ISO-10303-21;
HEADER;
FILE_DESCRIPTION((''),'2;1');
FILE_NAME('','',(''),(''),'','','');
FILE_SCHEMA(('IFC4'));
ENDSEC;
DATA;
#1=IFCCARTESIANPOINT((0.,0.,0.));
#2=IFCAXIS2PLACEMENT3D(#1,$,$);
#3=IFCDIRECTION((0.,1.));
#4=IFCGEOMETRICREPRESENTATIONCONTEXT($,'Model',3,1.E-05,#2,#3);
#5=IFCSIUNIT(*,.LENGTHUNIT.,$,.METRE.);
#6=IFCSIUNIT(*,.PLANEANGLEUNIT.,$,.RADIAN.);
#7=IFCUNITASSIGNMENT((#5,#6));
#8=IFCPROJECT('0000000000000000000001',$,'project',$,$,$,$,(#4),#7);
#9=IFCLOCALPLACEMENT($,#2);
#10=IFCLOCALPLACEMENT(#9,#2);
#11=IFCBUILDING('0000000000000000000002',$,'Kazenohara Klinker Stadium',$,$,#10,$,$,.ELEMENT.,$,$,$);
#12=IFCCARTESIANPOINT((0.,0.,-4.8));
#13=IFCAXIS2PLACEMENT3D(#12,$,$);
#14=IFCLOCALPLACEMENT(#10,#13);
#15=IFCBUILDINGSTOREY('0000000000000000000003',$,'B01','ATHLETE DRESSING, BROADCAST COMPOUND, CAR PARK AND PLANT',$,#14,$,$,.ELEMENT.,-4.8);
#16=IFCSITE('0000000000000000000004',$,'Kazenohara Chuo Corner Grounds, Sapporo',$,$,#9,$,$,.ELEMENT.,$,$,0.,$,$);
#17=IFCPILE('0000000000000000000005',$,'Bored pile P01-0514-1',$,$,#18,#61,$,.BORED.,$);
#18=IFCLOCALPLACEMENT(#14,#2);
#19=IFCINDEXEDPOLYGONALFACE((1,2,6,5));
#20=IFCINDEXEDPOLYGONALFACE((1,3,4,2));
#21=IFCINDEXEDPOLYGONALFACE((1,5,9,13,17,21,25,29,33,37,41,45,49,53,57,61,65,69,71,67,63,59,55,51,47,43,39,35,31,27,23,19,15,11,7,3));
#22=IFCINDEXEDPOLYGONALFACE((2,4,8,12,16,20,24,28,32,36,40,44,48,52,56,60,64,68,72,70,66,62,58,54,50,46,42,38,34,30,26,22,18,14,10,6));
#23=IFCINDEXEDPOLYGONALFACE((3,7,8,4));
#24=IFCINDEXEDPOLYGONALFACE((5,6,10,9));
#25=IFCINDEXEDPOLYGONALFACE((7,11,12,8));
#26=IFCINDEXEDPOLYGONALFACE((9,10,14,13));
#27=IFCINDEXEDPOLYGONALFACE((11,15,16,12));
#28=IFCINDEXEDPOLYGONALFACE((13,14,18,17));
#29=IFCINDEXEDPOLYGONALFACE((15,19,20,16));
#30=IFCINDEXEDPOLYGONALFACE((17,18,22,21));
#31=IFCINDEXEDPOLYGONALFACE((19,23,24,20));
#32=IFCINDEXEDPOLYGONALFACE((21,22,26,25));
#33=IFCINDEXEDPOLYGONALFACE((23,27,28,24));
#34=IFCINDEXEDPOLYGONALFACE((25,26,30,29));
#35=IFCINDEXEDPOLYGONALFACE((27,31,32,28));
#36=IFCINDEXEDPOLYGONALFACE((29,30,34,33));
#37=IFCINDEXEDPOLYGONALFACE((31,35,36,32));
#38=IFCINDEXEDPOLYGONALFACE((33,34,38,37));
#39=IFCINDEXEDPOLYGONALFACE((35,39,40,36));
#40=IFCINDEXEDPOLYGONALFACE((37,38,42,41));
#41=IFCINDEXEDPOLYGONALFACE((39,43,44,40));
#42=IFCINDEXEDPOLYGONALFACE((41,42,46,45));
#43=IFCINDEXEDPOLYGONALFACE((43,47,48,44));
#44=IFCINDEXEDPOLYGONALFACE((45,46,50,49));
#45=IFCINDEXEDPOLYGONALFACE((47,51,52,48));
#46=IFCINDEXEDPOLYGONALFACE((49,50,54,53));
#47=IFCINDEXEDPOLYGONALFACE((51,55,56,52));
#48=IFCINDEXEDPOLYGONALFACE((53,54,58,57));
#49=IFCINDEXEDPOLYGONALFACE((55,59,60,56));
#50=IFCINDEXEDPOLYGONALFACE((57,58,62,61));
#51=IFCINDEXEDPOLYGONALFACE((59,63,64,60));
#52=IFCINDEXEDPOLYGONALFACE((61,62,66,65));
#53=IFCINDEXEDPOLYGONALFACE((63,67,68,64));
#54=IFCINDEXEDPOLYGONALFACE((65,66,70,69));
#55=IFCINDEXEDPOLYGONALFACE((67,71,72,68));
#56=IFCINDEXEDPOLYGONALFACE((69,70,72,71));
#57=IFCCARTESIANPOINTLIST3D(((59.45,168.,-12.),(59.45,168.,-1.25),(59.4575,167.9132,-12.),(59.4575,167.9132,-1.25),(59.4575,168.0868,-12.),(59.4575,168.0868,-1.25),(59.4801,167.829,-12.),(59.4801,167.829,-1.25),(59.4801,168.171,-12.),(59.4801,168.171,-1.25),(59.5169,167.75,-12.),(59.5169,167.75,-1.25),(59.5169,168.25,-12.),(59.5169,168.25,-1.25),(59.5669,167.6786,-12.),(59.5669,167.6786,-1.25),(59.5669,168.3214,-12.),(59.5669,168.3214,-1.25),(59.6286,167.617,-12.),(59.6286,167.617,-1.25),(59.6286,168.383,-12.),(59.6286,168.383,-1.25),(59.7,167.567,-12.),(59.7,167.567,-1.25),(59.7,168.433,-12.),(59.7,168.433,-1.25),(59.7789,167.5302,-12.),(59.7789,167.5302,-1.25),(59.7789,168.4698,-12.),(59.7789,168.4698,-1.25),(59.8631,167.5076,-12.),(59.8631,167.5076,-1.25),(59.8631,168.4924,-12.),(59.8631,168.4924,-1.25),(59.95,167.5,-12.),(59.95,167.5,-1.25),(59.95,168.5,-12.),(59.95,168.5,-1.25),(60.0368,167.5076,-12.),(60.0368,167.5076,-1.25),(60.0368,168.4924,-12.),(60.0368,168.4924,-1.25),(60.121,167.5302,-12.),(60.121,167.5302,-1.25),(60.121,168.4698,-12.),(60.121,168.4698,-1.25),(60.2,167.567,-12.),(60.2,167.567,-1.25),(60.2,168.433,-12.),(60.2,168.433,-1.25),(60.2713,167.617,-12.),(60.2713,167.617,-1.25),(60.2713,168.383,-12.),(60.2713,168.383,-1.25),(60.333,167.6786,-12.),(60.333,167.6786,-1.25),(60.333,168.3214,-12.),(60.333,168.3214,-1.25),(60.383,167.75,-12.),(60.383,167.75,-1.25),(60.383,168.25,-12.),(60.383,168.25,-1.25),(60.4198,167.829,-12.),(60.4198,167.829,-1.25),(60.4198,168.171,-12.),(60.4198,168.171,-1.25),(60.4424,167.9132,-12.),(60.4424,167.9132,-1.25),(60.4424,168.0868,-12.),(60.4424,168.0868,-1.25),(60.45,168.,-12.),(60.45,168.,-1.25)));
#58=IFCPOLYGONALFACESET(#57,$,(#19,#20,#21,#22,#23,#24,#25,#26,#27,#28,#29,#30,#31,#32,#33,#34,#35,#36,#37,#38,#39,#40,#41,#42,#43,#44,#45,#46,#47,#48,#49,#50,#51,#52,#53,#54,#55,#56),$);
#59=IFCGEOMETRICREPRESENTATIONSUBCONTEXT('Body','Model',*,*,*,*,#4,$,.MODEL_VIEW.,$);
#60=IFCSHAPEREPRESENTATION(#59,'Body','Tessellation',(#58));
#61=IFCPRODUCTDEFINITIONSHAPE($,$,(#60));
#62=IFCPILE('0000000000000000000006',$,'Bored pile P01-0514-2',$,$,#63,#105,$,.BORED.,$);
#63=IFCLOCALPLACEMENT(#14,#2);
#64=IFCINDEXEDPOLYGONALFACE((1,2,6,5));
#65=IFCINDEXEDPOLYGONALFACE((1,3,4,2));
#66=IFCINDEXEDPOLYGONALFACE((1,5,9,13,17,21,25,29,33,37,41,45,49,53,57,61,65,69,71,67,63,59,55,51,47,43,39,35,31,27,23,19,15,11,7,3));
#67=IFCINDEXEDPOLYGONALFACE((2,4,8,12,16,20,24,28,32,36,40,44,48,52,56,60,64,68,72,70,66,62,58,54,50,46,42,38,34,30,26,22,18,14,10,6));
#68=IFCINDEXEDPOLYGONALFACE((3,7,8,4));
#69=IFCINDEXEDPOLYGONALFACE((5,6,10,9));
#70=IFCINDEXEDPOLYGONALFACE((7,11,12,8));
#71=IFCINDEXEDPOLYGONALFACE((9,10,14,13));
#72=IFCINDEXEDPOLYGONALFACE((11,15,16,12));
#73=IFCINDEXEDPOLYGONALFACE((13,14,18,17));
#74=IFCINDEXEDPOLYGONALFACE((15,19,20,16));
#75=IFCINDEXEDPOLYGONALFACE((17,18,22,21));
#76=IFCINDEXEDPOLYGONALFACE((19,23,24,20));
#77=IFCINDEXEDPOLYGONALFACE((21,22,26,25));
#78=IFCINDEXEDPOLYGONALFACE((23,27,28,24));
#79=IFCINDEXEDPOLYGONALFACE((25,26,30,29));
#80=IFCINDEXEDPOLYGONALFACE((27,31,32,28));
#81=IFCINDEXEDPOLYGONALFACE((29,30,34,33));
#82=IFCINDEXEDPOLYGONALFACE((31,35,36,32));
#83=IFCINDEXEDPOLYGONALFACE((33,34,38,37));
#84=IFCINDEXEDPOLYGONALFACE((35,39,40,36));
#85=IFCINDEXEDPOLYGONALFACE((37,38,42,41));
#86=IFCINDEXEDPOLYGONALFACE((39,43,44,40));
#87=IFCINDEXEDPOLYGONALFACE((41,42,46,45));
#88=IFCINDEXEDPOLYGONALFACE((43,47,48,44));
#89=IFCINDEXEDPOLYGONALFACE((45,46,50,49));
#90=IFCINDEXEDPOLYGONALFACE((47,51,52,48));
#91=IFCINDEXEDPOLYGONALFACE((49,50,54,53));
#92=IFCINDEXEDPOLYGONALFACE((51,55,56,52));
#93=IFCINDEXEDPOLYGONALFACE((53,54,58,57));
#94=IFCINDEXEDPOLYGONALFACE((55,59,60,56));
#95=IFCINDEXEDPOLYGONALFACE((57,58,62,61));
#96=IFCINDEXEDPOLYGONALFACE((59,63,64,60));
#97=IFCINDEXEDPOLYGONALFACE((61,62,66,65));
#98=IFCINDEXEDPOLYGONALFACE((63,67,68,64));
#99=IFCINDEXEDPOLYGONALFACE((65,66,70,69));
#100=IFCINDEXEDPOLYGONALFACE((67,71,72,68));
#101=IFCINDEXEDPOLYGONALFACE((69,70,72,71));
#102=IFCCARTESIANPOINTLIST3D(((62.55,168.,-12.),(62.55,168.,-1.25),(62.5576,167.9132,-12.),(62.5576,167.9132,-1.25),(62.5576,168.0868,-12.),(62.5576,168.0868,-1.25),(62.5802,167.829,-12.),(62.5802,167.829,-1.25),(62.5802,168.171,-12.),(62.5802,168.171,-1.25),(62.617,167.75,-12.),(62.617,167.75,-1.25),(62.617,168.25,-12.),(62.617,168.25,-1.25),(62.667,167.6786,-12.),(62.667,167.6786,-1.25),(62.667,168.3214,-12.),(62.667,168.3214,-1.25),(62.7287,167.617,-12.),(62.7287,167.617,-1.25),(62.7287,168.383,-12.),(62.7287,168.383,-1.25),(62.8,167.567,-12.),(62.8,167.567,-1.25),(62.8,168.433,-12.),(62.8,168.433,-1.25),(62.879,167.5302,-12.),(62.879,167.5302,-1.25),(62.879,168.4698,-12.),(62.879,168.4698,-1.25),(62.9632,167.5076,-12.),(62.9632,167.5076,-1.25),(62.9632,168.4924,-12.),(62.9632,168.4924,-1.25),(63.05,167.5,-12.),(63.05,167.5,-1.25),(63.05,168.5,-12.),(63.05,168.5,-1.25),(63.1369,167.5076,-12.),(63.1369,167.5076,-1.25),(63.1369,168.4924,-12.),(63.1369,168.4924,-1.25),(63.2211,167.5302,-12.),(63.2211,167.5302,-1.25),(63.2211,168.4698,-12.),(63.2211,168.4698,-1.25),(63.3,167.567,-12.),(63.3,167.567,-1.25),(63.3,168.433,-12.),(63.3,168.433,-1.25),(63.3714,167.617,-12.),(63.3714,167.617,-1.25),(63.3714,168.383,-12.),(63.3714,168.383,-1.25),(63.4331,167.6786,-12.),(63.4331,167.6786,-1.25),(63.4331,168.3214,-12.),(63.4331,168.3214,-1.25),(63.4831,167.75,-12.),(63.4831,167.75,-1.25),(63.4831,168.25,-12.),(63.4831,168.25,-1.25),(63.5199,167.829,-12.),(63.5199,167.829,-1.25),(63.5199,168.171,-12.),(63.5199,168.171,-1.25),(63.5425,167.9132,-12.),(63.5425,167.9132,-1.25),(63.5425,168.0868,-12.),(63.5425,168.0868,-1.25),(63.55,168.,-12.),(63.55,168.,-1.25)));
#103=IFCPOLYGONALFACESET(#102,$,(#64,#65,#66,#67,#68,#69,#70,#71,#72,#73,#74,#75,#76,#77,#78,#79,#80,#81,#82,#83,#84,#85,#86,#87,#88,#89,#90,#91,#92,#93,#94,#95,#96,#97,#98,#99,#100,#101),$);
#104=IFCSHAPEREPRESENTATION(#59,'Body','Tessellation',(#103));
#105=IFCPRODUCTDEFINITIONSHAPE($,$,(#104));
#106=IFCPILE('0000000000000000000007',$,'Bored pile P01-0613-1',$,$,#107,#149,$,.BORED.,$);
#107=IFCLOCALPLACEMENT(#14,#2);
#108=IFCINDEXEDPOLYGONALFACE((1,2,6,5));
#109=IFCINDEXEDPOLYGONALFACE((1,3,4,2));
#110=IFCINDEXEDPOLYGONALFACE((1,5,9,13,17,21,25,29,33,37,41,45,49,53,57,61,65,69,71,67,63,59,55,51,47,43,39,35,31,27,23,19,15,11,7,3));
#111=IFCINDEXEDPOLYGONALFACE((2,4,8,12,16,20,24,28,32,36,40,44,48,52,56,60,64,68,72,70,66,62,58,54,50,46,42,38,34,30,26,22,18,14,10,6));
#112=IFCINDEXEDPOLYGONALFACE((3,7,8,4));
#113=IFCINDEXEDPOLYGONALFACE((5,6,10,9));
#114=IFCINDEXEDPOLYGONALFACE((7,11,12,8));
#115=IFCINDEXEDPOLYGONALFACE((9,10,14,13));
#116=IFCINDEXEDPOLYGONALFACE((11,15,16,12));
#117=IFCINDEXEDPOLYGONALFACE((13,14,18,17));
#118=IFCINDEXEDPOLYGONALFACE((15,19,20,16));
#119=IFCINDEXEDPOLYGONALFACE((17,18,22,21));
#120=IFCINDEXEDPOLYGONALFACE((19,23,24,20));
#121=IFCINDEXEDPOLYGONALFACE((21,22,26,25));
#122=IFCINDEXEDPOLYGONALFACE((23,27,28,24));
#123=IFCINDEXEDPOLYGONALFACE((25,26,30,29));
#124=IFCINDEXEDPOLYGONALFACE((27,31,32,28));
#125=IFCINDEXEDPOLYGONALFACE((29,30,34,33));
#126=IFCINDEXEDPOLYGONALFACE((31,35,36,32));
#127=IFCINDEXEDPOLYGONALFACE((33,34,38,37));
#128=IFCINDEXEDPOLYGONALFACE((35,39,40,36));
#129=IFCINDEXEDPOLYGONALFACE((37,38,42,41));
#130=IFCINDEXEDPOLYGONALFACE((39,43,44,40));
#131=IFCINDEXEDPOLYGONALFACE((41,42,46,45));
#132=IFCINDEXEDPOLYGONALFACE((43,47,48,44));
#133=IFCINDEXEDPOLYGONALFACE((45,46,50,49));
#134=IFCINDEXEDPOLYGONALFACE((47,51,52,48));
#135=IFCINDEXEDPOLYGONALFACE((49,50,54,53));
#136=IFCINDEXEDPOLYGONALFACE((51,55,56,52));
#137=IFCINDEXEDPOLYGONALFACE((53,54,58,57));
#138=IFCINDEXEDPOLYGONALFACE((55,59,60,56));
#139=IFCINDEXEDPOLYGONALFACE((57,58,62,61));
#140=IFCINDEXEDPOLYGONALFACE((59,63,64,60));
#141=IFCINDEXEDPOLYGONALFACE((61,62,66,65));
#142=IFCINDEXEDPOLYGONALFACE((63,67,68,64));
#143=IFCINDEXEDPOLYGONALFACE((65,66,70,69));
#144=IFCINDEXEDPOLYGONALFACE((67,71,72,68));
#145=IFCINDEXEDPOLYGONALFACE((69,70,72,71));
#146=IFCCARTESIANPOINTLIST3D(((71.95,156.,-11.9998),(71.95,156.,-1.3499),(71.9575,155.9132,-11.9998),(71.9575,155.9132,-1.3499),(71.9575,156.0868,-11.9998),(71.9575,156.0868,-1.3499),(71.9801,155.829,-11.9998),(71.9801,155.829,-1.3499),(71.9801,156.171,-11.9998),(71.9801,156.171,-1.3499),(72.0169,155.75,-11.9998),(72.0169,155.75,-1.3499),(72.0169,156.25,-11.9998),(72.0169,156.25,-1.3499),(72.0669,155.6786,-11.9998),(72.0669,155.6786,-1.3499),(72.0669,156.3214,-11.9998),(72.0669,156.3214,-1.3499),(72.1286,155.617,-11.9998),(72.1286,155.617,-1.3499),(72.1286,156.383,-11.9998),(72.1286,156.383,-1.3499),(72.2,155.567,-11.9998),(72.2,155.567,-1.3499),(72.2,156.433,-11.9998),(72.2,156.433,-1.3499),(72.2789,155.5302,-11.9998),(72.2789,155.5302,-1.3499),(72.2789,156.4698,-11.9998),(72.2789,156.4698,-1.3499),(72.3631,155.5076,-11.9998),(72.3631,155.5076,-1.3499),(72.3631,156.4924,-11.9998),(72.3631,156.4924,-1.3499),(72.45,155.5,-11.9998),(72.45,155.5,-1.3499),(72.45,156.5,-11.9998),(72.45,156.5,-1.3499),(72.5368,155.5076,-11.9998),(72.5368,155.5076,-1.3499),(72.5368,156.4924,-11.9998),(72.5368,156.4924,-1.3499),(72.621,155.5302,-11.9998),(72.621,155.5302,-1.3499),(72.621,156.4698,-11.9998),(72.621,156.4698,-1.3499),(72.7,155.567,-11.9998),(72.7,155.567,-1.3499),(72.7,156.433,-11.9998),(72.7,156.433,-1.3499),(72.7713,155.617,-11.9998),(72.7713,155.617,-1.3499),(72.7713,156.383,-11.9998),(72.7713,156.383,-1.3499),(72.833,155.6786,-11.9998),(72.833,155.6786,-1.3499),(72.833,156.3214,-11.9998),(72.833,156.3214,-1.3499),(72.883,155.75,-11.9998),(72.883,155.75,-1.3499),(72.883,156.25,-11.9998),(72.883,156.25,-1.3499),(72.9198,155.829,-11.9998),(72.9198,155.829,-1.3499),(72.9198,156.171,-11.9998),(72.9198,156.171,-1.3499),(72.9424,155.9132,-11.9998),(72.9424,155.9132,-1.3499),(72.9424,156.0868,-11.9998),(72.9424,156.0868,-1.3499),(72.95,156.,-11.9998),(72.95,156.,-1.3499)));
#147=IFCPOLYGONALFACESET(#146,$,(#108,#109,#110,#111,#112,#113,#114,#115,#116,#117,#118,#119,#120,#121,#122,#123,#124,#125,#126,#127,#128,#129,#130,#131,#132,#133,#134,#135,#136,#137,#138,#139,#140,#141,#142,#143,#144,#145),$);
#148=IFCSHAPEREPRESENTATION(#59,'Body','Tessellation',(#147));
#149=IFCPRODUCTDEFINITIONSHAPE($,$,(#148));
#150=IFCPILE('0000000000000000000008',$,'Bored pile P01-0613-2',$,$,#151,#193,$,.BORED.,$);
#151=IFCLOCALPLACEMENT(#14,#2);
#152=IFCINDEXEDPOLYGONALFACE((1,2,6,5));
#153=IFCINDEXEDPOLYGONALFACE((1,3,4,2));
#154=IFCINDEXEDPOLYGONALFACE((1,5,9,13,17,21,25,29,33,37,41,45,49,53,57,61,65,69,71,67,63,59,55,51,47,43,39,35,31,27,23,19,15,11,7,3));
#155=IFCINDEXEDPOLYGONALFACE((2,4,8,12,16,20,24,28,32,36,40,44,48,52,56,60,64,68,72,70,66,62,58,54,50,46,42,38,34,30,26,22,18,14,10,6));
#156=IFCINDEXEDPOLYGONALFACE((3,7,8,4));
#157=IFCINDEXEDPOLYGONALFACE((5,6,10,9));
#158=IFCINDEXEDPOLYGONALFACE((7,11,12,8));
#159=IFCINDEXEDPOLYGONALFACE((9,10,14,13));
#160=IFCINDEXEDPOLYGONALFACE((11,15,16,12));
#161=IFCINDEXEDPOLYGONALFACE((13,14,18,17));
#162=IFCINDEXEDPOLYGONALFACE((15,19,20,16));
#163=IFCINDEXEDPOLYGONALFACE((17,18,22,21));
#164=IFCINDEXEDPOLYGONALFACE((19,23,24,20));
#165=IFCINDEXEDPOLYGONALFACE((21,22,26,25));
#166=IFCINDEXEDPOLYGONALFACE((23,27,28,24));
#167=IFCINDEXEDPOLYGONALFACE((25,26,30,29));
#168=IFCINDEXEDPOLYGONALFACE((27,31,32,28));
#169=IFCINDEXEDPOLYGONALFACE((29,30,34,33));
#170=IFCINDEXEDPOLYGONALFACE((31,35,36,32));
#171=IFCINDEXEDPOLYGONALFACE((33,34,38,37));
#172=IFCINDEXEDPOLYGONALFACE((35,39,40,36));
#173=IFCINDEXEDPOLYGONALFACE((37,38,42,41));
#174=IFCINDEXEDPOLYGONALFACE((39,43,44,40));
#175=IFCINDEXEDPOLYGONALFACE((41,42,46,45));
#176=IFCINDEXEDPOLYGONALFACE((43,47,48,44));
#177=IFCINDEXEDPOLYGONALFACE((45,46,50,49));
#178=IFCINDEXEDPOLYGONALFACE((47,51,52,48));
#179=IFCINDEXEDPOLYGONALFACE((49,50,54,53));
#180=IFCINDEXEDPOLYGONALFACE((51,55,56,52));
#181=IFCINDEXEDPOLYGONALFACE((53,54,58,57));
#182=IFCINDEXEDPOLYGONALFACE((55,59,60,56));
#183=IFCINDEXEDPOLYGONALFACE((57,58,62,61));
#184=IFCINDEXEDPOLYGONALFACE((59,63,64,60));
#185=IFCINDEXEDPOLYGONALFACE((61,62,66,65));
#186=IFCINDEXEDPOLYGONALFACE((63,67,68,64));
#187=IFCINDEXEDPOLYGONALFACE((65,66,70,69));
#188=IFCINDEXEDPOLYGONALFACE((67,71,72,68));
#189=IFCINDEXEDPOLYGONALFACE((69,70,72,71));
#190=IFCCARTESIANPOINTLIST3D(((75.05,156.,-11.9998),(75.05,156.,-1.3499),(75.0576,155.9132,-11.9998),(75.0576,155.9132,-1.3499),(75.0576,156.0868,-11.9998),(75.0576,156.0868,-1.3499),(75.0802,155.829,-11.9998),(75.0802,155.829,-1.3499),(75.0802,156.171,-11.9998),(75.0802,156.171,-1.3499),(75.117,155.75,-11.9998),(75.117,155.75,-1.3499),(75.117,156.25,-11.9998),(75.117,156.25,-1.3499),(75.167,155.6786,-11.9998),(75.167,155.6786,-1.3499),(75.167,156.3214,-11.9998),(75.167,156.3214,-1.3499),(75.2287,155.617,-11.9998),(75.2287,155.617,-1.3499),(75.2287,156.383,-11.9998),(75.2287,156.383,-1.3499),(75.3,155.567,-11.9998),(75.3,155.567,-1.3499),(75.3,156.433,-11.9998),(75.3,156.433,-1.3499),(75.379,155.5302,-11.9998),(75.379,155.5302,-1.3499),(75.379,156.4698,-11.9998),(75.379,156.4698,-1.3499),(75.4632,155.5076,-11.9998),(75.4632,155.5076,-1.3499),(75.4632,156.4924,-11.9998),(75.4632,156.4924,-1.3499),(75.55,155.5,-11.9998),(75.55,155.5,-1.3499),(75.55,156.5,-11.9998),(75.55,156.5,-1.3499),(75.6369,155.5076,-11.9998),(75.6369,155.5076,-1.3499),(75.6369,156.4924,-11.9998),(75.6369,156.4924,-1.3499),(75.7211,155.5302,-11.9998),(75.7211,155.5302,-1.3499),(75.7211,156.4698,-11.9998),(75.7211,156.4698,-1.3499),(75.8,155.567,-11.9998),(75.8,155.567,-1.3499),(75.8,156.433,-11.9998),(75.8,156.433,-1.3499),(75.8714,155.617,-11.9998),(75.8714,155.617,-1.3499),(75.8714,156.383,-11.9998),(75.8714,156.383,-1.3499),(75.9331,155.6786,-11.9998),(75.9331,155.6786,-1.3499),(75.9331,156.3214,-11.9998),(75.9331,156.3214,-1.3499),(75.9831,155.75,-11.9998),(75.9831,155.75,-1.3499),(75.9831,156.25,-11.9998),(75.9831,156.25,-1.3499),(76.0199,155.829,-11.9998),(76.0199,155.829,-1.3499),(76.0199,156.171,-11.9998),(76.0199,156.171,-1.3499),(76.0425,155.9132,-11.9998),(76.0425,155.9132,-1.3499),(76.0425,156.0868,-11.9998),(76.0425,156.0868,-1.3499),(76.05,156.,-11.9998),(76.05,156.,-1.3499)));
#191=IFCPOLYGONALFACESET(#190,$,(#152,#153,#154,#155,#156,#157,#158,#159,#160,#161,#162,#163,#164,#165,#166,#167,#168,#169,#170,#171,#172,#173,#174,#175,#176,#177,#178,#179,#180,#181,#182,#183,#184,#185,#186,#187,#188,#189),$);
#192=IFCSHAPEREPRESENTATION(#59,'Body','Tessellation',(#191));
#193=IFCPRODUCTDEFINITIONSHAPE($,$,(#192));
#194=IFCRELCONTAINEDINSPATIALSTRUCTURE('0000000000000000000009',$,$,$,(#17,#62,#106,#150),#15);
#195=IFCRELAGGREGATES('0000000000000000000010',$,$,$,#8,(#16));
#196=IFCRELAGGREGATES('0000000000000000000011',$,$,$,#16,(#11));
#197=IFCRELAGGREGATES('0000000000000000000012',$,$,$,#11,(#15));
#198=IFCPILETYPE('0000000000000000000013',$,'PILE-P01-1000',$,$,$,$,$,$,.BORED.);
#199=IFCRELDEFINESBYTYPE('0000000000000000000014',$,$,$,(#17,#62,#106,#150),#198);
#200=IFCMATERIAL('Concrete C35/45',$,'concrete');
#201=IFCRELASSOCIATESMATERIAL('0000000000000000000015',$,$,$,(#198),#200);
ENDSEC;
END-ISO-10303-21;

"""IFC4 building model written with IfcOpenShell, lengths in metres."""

from ifc_helpers import new_model, si_unit, direction, frame, origin, origin_2d, place, context, subcontext, project, spatial, circle, extrude, material, material_profile, profile_set, type_object, element, save


model = new_model("IFC4")

# Units and contexts
model_context = context("Model", 3, precision=1e-05, world=origin(), true_north=direction((0.0, 1.0)))
body_context = subcontext(model_context, "Body", "Model", "MODEL_VIEW")
ifc_project = project(units=[si_unit("LENGTHUNIT", "METRE"), si_unit("PLANEANGLEUNIT", "RADIAN")], contexts=[model_context])

# Site, building, storey
site_placement = place(None, origin())
site = spatial("IfcSite", under=ifc_project, at=site_placement, Name="Kazenohara Chuo Corner Grounds, Sapporo", CompositionType="ELEMENT", RefElevation=0.0)
building_placement = place(site_placement, origin())
building = spatial("IfcBuilding", under=site, at=building_placement, Name="Kazenohara Klinker Stadium", CompositionType="ELEMENT")
storey_placement = place(building_placement, frame((0.0, 0.0, -4.8)))
storey = spatial("IfcBuildingStorey", under=building, at=storey_placement, Name="B01", Description="ATHLETE DRESSING, BROADCAST COMPOUND, CAR PARK AND PLANT", CompositionType="ELEMENT", Elevation=-4.8)

# Shared definitions
ifc_material_1 = material(Name="Concrete C35/45", Category="concrete")

# Piles
ifc_material_profile_1 = material_profile(ifc_material_1, circle(Radius=0.5, at=origin_2d()), Name="BORED-PILE-1000")
ifc_profile_set_1 = profile_set([ifc_material_profile_1], Name="Concrete C35/45")
pile_type = type_object("IfcPileType", Name="PILE-P01-1000", PredefinedType="BORED", material=ifc_profile_set_1)
for number, where, z_axis, x_axis, name in (
    (1, (59.95, 168.0, -1.25), (0.0, 0.0, -1.0), (1.0, 0.0, 0.0), "Bored pile P01-0514-1"),
    (2, (63.05, 168.0, -1.25), (0.0, 0.0, -1.0), (1.0, 0.0, 0.0), "Bored pile P01-0514-2"),
):
    element("IfcPile", number, at=place(storey_placement, frame(where, z_axis=z_axis, x_axis=x_axis)), inside=storey, type_object=pile_type, Name=name, PredefinedType="BORED", context=body_context, shape_type="SweptSolid", body=[
        extrude(circle(Radius=0.5, at=origin_2d()), origin(), (0.0, 0.0, 1.0), 10.75),
    ])
for number, where, z_axis, x_axis, name in (
    (3, (72.45, 156.0, -1.3499), (0.0, 0.0, -1.0), (1.0, 0.0, 0.0), "Bored pile P01-0613-1"),
    (4, (75.55, 156.0, -1.3499), (0.0, 0.0, -1.0), (1.0, 0.0, 0.0), "Bored pile P01-0613-2"),
):
    element("IfcPile", number, at=place(storey_placement, frame(where, z_axis=z_axis, x_axis=x_axis)), inside=storey, type_object=pile_type, Name=name, PredefinedType="BORED", context=body_context, shape_type="SweptSolid", body=[
        extrude(circle(Radius=0.5, at=origin_2d()), origin(), (0.0, 0.0, 1.0), 10.6499),
    ])

save(model, "model.ifc")
